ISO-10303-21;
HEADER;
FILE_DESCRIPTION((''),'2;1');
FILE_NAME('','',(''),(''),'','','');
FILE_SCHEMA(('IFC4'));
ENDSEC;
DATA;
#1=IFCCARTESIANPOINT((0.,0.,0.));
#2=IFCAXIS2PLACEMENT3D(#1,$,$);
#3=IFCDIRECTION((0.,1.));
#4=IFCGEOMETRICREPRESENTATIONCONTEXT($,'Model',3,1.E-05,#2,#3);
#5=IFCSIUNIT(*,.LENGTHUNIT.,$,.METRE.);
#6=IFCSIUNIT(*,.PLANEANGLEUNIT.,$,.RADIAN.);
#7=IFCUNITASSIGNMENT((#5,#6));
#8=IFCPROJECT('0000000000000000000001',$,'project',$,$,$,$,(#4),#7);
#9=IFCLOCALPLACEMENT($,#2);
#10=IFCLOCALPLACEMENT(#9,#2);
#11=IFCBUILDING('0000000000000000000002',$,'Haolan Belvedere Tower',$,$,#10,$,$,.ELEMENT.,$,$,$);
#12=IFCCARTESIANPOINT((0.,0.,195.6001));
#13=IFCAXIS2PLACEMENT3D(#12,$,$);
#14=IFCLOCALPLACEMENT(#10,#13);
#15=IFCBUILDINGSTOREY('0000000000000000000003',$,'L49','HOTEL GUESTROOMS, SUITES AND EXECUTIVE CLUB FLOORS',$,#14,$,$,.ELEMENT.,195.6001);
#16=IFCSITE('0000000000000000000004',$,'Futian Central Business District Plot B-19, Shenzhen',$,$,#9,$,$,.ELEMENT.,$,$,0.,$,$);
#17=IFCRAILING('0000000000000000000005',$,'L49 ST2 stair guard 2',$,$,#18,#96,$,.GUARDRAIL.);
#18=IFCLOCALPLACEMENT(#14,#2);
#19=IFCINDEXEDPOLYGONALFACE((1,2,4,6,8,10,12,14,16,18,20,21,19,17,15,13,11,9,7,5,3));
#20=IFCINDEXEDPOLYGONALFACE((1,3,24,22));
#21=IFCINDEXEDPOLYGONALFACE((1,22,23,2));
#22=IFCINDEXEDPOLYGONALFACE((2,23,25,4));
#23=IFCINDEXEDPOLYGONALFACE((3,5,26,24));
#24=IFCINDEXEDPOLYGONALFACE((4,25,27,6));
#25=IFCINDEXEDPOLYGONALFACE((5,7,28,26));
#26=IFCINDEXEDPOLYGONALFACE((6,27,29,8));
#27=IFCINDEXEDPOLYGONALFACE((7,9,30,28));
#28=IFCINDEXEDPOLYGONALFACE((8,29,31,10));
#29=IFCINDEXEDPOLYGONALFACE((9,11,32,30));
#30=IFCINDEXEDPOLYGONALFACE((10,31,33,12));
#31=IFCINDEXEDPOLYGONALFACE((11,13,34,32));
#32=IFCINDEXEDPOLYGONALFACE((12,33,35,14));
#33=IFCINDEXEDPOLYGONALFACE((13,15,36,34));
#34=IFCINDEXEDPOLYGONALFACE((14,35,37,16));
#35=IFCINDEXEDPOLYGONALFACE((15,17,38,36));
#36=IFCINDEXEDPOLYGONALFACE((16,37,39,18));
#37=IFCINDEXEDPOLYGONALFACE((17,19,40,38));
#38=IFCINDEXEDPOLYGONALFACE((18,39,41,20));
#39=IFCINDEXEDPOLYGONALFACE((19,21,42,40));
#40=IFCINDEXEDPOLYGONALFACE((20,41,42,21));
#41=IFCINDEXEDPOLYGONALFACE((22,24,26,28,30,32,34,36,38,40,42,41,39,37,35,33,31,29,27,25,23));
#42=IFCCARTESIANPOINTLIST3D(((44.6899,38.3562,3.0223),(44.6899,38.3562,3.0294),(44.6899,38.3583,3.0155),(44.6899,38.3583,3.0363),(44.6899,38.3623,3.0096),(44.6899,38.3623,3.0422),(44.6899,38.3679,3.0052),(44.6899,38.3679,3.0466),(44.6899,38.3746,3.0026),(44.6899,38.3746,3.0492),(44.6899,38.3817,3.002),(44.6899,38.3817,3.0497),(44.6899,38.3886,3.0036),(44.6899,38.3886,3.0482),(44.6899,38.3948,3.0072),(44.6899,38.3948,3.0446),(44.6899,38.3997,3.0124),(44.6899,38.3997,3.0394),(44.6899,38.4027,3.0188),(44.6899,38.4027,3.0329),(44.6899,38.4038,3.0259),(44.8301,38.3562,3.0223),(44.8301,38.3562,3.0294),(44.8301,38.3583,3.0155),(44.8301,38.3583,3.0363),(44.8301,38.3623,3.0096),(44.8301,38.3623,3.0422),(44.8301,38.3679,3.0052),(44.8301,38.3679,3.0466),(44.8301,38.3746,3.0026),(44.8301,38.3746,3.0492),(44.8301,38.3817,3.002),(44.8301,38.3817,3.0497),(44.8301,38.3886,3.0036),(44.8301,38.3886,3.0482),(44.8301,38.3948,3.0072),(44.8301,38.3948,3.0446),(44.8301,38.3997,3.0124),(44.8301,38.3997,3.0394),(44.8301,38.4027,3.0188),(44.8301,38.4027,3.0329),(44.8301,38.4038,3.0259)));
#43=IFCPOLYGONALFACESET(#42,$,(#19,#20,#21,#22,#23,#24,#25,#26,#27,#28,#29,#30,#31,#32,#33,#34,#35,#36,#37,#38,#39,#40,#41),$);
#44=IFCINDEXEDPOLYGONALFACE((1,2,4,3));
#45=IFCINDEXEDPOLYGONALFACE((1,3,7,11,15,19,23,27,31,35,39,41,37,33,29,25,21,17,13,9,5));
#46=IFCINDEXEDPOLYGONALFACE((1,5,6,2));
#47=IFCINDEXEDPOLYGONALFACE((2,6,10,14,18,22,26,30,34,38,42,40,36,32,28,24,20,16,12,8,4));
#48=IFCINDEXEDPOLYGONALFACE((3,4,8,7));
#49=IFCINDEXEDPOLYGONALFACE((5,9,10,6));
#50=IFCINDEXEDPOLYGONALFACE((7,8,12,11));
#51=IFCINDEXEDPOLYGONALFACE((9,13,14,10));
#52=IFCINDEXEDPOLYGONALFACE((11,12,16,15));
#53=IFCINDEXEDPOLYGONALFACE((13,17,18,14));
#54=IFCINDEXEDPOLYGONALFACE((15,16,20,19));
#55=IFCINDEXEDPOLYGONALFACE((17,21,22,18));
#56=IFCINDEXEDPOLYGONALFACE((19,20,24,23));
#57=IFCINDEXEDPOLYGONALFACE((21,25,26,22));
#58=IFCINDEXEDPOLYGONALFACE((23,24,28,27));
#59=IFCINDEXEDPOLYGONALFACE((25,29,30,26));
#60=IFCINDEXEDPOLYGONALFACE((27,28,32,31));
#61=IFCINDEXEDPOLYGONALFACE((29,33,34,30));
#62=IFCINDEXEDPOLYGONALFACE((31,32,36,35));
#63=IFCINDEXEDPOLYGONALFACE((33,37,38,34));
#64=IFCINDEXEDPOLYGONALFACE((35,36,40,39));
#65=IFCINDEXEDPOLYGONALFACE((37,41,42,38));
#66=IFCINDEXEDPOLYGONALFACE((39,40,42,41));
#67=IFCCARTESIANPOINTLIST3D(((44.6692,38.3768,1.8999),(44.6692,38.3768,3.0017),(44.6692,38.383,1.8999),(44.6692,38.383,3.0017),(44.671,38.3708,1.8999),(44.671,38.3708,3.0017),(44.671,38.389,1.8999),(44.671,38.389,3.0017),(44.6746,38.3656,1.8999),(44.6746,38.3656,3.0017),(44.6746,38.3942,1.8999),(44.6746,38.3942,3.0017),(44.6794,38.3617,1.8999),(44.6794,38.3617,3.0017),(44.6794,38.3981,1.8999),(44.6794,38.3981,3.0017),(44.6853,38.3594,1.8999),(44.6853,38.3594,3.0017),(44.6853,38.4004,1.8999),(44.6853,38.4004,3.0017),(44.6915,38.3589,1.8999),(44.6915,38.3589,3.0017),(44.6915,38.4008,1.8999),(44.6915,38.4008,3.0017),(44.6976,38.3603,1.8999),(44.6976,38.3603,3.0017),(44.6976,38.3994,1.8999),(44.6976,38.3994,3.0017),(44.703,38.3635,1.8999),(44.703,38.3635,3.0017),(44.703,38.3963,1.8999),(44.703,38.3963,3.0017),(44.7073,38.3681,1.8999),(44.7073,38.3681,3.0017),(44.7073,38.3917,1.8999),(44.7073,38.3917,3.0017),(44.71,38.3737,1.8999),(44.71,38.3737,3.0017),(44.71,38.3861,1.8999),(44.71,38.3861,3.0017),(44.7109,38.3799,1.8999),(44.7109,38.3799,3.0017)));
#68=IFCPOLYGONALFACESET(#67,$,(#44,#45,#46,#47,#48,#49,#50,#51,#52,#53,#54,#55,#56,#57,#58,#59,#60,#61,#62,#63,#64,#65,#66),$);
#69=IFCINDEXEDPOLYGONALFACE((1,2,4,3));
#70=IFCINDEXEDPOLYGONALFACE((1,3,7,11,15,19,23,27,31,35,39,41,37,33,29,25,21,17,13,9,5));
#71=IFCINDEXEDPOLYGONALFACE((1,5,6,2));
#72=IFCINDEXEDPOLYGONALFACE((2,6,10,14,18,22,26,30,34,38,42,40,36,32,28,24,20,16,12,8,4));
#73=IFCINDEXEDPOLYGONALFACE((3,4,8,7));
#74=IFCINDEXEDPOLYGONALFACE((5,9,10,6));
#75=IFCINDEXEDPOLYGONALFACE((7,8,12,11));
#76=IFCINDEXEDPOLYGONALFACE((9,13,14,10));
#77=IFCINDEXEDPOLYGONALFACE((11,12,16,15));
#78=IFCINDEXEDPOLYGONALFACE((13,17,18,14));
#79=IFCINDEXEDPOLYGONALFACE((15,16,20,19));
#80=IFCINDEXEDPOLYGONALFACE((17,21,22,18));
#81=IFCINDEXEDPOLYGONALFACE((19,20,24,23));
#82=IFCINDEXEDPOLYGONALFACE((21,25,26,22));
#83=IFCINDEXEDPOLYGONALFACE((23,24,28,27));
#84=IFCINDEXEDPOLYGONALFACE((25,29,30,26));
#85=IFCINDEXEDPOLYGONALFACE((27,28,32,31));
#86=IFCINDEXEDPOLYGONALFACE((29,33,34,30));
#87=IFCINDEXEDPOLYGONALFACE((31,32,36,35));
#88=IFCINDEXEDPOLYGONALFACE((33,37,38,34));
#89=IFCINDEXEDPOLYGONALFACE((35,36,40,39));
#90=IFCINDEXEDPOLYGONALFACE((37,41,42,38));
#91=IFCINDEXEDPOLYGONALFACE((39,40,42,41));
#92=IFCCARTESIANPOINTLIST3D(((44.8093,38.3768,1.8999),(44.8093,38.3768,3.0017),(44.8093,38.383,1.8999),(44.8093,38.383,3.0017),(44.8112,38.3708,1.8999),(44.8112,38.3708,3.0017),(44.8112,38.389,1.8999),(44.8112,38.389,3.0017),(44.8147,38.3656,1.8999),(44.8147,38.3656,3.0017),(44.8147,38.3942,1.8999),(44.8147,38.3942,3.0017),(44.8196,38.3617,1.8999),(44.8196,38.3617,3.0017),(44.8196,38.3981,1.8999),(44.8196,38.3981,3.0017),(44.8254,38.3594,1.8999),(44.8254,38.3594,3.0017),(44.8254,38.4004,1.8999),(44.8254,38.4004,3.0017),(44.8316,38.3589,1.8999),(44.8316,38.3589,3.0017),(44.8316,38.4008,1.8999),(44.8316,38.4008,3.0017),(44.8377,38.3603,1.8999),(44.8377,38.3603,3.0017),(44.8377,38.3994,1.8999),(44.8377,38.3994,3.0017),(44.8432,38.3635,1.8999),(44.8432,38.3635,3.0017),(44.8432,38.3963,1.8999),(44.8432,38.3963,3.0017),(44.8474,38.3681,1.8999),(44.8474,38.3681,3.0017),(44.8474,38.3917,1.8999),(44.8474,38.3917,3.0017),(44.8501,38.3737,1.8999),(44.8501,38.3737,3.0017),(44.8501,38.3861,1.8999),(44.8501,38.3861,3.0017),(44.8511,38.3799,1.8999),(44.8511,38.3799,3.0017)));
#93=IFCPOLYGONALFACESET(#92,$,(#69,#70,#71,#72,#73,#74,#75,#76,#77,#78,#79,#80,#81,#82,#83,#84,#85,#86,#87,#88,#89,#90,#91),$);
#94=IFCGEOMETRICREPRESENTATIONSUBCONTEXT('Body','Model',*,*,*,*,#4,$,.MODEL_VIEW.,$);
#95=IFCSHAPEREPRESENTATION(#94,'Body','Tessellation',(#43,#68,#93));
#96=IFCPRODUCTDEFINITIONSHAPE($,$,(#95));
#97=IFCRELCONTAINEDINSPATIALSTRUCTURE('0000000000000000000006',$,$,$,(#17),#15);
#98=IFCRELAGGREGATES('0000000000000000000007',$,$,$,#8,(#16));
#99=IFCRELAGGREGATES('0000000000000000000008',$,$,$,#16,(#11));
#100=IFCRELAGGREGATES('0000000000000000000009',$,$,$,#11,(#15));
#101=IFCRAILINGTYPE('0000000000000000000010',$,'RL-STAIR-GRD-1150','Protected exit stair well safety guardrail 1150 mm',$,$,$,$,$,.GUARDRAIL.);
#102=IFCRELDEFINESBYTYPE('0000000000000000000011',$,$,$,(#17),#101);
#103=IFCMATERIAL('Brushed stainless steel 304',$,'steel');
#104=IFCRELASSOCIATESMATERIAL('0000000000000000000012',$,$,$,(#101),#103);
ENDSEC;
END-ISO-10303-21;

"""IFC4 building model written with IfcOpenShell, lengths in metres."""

from ifc_helpers import new_model, si_unit, direction, frame, origin, origin_2d, place, context, subcontext, project, spatial, circle, extrude, material, type_object, element, save


model = new_model("IFC4")

# Units and contexts
model_context = context("Model", 3, precision=1e-05, world=origin(), true_north=direction((0.0, 1.0)))
body_context = subcontext(model_context, "Body", "Model", "MODEL_VIEW")
ifc_project = project(units=[si_unit("LENGTHUNIT", "METRE"), si_unit("PLANEANGLEUNIT", "RADIAN")], contexts=[model_context])

# Site, building, storey
site_placement = place(None, origin())
site = spatial("IfcSite", under=ifc_project, at=site_placement, Name="Futian Central Business District Plot B-19, Shenzhen", CompositionType="ELEMENT", RefElevation=0.0)
building_placement = place(site_placement, origin())
building = spatial("IfcBuilding", under=site, at=building_placement, Name="Haolan Belvedere Tower", CompositionType="ELEMENT")
storey_placement = place(building_placement, frame((0.0, 0.0, 195.6001)))
storey = spatial("IfcBuildingStorey", under=building, at=storey_placement, Name="L49", Description="HOTEL GUESTROOMS, SUITES AND EXECUTIVE CLUB FLOORS", CompositionType="ELEMENT", Elevation=195.6001)

# Railing
ifc_material_1 = material(Name="Brushed stainless steel 304", Category="steel")
railing_type_1 = type_object("IfcRailingType", Name="RL-STAIR-GRD-1150", Description="Protected exit stair well safety guardrail 1150 mm", PredefinedType="GUARDRAIL", material=ifc_material_1)
railing_1_placement = place(storey_placement, frame((44.6899, 38.3799, 1.8999)))
element("IfcRailing", 1, at=railing_1_placement, inside=storey, type_object=railing_type_1, Name="L49 ST2 stair guard 2", PredefinedType="GUARDRAIL", context=body_context, shape_type="SweptSolid", body=[
    extrude(circle(Radius=0.0239, at=origin_2d()), frame((0.0, 0.0, 1.126), z_axis=(1.0, 0.0, 0.0), x_axis=(0.0, 1.0, 0.0)), (0.0, 0.0, 1.0), 0.1401),
    extrude(circle(Radius=0.021, at=origin_2d()), origin(), (0.0, 0.0, 1.0), 1.1018),
    extrude(circle(Radius=0.021, at=origin_2d()), frame((0.1401, 0.0, 0.0)), (0.0, 0.0, 1.0), 1.1018),
])

save(model, "model.ifc")
